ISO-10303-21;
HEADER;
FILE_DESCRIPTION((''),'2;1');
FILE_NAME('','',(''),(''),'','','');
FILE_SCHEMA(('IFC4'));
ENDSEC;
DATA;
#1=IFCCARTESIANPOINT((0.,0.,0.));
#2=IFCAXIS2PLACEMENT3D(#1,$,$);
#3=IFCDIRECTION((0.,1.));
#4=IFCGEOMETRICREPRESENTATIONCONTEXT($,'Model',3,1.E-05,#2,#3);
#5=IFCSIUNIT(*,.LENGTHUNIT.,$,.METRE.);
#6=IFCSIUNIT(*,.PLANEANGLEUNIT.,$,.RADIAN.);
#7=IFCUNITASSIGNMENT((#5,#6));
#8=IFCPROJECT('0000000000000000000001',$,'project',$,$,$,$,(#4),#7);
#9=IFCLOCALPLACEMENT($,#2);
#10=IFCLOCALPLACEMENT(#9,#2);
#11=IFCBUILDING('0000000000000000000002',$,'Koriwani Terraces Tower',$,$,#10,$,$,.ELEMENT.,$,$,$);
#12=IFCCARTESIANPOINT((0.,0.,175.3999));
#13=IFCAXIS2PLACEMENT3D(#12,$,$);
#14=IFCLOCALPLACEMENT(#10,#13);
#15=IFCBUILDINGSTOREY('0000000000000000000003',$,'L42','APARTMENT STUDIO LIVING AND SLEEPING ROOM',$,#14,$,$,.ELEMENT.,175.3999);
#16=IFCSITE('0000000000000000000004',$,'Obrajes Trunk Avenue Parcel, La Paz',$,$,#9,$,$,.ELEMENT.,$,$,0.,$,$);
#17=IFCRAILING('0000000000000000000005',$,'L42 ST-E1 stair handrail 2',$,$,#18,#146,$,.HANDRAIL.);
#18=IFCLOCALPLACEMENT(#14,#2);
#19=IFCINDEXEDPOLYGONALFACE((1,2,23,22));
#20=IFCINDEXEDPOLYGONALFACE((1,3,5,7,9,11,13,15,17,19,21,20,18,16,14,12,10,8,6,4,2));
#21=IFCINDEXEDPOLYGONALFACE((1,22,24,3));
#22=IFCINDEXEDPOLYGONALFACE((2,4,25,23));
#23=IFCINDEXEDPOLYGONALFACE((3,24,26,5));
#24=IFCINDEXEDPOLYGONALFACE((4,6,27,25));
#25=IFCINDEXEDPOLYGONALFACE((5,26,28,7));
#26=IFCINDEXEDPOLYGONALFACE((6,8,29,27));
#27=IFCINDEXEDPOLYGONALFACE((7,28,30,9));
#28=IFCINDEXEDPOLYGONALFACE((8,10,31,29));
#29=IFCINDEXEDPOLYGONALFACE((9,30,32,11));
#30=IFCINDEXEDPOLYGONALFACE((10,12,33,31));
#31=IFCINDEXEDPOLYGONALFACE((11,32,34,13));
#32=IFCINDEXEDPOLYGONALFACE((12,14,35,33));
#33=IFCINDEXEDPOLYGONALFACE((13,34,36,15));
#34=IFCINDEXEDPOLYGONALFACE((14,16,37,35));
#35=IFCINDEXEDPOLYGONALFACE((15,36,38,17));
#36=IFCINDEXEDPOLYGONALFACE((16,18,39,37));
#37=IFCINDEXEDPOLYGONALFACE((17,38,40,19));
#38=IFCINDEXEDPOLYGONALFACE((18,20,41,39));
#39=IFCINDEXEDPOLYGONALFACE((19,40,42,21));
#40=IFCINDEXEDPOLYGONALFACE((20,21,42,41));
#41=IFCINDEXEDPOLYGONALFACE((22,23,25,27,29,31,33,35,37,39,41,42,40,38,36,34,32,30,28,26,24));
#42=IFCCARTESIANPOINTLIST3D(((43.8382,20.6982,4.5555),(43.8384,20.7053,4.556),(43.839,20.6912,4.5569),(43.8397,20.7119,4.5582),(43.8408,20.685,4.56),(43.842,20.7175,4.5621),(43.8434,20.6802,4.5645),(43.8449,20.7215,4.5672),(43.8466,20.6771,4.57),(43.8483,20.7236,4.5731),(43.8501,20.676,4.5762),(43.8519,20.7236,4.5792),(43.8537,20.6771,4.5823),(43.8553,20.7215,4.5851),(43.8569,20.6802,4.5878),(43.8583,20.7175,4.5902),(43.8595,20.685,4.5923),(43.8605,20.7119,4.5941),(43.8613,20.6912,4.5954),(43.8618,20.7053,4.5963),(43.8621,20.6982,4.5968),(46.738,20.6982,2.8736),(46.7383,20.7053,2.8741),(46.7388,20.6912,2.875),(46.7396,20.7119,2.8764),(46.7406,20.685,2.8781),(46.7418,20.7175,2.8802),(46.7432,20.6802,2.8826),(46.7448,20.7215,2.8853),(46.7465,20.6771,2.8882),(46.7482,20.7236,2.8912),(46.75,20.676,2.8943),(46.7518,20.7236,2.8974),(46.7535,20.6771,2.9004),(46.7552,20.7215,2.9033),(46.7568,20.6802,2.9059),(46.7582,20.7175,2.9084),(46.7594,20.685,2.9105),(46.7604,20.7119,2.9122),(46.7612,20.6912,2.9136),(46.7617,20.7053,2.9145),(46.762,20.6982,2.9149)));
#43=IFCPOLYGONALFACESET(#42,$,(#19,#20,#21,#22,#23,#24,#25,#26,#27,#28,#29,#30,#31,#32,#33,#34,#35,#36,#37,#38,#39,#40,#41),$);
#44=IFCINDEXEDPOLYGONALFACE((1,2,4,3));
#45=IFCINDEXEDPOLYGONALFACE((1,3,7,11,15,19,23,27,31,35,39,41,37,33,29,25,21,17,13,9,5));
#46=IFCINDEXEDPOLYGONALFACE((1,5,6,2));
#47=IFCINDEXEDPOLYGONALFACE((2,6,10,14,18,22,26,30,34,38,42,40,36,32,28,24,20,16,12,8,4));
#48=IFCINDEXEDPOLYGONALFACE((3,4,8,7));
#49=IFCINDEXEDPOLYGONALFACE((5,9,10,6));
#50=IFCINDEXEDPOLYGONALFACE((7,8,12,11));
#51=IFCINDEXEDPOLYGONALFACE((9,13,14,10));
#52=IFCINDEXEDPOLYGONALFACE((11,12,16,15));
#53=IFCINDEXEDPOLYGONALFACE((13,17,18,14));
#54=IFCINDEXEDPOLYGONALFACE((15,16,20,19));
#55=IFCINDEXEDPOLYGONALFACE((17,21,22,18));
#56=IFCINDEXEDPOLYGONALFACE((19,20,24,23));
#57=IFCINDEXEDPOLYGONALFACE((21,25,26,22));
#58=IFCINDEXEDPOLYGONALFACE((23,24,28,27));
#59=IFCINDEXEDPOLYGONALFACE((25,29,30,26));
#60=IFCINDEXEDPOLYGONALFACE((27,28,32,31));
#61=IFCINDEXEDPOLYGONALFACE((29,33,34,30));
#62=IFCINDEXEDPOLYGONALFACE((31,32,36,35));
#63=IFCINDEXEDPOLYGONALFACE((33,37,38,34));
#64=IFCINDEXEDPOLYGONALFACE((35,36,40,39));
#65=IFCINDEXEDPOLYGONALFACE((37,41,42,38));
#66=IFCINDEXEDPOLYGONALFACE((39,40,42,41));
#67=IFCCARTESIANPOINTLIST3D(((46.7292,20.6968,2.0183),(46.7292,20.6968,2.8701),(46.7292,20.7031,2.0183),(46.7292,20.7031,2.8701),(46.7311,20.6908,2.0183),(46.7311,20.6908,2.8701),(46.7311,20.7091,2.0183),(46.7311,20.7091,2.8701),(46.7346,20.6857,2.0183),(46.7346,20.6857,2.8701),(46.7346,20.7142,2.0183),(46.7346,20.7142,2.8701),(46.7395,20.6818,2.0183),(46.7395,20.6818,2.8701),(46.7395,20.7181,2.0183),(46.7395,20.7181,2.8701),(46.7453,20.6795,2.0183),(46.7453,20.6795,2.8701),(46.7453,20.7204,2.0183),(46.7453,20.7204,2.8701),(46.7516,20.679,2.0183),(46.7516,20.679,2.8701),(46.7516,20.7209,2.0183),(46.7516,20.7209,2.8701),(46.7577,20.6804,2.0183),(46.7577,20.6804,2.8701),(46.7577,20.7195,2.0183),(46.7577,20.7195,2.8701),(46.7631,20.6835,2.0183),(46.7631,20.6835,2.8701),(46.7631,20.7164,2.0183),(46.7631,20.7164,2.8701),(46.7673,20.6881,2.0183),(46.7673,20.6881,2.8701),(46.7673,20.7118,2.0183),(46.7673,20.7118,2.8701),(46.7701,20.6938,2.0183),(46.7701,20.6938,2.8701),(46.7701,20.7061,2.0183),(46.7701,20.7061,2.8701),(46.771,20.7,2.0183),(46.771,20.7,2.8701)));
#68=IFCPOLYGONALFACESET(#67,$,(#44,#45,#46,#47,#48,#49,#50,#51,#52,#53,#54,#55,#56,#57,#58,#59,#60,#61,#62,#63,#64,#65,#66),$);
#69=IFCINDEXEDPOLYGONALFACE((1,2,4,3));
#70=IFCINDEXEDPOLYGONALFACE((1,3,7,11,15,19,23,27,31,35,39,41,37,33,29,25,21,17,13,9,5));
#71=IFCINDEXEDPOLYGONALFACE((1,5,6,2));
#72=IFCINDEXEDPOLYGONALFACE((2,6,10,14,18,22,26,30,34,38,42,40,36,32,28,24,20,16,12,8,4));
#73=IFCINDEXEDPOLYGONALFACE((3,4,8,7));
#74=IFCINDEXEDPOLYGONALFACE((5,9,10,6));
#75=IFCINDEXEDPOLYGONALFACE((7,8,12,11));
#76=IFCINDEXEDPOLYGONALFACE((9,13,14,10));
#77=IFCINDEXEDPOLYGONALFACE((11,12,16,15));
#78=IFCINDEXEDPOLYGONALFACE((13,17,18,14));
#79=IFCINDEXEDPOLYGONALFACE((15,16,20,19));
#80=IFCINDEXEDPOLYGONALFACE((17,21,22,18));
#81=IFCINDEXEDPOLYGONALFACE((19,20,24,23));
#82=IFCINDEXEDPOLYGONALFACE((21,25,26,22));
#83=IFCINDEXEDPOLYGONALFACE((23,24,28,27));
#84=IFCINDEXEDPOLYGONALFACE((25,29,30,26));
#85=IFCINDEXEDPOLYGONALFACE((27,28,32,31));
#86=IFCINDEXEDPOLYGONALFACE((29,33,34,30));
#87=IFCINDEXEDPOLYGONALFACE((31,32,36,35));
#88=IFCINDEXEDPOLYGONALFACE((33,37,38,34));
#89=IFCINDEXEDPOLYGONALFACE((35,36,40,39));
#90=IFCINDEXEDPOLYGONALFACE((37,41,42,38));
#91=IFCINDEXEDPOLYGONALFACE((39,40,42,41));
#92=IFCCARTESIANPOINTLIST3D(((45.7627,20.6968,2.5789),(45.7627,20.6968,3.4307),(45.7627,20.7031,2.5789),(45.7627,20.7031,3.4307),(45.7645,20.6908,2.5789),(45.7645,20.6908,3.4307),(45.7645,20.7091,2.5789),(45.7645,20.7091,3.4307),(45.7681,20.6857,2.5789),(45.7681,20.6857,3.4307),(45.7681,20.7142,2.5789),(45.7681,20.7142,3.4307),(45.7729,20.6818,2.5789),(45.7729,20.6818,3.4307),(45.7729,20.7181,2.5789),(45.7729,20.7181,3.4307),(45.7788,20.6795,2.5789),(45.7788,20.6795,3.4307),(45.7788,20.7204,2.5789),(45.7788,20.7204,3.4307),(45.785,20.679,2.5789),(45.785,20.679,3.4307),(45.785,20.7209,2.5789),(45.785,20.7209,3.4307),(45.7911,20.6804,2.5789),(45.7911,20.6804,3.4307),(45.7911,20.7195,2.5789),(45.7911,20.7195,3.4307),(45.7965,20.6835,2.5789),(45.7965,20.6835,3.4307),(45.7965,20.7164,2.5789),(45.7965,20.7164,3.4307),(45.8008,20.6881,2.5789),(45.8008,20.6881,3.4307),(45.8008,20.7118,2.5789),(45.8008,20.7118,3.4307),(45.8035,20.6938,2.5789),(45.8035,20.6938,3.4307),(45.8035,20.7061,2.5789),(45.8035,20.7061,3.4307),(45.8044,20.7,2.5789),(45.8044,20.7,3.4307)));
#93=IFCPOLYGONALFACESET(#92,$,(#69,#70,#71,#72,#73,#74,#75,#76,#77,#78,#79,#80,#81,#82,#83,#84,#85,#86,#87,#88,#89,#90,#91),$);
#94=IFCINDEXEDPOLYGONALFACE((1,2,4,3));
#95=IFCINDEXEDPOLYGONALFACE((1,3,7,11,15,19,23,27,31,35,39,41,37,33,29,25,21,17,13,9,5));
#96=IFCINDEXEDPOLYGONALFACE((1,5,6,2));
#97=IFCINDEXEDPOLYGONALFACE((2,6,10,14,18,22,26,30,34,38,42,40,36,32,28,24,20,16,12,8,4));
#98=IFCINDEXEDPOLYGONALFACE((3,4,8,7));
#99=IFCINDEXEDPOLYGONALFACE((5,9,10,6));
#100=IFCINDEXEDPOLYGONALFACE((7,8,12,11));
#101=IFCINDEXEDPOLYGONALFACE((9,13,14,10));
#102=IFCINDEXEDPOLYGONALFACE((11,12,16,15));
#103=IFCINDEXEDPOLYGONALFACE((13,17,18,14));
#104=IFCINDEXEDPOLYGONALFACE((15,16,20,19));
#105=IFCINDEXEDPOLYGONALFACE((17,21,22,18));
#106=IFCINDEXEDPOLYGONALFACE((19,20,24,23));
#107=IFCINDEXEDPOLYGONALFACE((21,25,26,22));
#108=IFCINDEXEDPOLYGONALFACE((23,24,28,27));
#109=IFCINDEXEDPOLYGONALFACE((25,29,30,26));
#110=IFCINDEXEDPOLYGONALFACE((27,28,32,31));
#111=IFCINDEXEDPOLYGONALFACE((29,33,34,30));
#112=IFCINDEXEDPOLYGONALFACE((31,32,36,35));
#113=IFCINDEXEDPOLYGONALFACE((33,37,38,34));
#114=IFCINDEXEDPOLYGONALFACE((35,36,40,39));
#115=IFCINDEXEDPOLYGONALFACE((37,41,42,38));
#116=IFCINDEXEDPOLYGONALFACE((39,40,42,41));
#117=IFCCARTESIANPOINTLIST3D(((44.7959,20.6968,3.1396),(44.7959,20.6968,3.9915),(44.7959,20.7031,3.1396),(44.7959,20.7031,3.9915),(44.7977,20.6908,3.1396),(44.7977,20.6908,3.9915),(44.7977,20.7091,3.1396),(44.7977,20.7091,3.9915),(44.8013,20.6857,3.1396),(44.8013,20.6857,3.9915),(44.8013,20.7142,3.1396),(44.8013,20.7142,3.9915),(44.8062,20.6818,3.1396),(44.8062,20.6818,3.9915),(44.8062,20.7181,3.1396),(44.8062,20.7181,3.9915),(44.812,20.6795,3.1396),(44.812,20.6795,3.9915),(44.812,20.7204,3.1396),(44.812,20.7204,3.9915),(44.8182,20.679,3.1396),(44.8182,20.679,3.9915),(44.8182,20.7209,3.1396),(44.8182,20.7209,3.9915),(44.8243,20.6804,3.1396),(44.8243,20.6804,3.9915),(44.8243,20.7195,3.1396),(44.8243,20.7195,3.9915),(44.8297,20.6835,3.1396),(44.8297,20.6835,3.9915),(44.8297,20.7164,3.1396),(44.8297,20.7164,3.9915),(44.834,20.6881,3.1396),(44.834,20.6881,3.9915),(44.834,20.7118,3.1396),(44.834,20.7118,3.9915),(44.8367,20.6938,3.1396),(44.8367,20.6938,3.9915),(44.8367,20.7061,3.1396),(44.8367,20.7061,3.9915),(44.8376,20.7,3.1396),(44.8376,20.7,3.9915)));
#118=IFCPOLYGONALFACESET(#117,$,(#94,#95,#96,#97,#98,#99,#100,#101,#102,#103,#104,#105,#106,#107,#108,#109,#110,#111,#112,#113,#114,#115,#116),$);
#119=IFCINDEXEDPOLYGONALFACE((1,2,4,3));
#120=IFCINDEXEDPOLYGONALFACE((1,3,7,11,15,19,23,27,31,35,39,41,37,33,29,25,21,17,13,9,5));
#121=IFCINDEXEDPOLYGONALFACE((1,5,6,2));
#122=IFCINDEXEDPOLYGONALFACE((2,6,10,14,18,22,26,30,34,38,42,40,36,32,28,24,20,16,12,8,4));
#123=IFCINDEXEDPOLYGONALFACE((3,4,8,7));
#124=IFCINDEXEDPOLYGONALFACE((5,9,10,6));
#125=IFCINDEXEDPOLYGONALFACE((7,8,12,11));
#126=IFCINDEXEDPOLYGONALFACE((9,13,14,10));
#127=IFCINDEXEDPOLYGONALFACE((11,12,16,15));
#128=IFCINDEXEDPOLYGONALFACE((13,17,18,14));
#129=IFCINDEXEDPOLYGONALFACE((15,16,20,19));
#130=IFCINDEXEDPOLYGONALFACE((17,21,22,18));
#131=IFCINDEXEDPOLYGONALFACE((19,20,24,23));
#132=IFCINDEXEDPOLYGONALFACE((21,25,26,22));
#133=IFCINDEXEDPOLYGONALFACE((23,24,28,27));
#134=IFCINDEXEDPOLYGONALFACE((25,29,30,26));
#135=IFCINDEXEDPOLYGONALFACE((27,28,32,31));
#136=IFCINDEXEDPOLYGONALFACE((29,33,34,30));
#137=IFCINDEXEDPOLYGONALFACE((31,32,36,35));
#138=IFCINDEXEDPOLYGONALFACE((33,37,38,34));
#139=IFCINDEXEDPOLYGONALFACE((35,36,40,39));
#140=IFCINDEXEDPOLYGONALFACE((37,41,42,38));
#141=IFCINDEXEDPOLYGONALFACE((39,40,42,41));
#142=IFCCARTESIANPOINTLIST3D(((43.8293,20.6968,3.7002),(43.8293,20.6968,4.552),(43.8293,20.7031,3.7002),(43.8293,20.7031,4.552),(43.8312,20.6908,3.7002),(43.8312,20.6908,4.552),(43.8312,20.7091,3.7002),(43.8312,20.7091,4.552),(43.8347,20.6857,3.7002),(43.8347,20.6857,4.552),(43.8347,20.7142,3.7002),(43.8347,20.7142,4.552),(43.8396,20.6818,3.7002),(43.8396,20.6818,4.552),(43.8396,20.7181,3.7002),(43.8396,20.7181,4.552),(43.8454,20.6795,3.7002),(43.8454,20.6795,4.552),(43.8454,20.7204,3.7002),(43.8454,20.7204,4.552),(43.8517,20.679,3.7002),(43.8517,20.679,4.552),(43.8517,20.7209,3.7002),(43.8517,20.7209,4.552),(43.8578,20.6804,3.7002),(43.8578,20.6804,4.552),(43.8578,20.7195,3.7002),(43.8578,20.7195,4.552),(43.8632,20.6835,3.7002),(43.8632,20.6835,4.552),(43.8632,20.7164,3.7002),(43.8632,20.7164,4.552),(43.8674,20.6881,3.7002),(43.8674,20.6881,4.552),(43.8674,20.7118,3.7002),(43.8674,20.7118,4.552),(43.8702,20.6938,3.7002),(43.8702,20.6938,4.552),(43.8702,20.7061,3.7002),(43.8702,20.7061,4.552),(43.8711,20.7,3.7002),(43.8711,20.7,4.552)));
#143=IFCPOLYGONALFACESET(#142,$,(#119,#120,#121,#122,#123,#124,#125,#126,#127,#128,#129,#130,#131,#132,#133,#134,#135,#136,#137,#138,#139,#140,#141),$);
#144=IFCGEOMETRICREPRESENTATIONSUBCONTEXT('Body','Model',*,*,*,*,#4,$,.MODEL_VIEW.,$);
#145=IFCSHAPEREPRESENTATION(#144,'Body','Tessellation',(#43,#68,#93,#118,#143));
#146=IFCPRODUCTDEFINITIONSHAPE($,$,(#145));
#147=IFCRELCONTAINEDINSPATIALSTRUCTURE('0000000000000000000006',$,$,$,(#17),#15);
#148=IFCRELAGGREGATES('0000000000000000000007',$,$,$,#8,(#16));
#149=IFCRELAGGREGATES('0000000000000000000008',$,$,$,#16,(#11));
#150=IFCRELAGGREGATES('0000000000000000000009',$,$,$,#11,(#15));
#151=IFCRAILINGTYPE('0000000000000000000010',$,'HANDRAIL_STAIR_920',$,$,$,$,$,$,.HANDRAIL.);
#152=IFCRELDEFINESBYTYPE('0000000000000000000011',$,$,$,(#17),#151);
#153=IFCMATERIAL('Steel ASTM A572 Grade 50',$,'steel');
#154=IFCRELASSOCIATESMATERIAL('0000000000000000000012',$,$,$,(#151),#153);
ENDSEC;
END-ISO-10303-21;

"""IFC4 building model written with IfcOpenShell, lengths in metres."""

from ifc_helpers import new_model, si_unit, direction, frame, origin, origin_2d, place, context, subcontext, project, spatial, circle, extrude, material, type_object, element, save


model = new_model("IFC4")

# Units and contexts
model_context = context("Model", 3, precision=1e-05, world=origin(), true_north=direction((0.0, 1.0)))
body_context = subcontext(model_context, "Body", "Model", "MODEL_VIEW")
ifc_project = project(units=[si_unit("LENGTHUNIT", "METRE"), si_unit("PLANEANGLEUNIT", "RADIAN")], contexts=[model_context])

# Site, building, storey
site_placement = place(None, origin())
site = spatial("IfcSite", under=ifc_project, at=site_placement, Name="Obrajes Trunk Avenue Parcel, La Paz", CompositionType="ELEMENT", RefElevation=0.0)
building_placement = place(site_placement, origin())
building = spatial("IfcBuilding", under=site, at=building_placement, Name="Koriwani Terraces Tower", CompositionType="ELEMENT")
storey_placement = place(building_placement, frame((0.0, 0.0, 175.3999)))
storey = spatial("IfcBuildingStorey", under=building, at=storey_placement, Name="L42", Description="APARTMENT STUDIO LIVING AND SLEEPING ROOM", CompositionType="ELEMENT", Elevation=175.3999)

# Shared definitions
ifc_material_1 = material(Name="Steel ASTM A572 Grade 50", Category="steel")

# Railing
railing_type_1 = type_object("IfcRailingType", Name="HANDRAIL_STAIR_920", PredefinedType="HANDRAIL", material=ifc_material_1)
railing_1_placement = place(storey_placement, frame((46.75, 20.7, 2.0183)))
element("IfcRailing", 1, at=railing_1_placement, inside=storey, type_object=railing_type_1, Name="L42 ST-E1 stair handrail 2", PredefinedType="HANDRAIL", context=body_context, shape_type="SweptSolid", body=[
    extrude(circle(Radius=0.0239, at=origin_2d()), frame((0.0, 0.0, 0.876), z_axis=(-0.865039, 0.0, 0.501705), x_axis=(0.0, -1.0, 0.0)), (0.0, 0.0, 1.0), 3.3523),
    extrude(circle(Radius=0.021, at=origin_2d()), origin(), (0.0, 0.0, 1.0), 0.8518),
    extrude(circle(Radius=0.021, at=origin_2d()), frame((-0.9666, 0.0, 0.5605)), (0.0, 0.0, 1.0), 0.8518),
    extrude(circle(Radius=0.021, at=origin_2d()), frame((-1.9333, 0.0, 1.1213)), (0.0, 0.0, 1.0), 0.8518),
    extrude(circle(Radius=0.021, at=origin_2d()), frame((-2.8999, 0.0, 1.6819)), (0.0, 0.0, 1.0), 0.8518),
])

save(model, "model.ifc")
